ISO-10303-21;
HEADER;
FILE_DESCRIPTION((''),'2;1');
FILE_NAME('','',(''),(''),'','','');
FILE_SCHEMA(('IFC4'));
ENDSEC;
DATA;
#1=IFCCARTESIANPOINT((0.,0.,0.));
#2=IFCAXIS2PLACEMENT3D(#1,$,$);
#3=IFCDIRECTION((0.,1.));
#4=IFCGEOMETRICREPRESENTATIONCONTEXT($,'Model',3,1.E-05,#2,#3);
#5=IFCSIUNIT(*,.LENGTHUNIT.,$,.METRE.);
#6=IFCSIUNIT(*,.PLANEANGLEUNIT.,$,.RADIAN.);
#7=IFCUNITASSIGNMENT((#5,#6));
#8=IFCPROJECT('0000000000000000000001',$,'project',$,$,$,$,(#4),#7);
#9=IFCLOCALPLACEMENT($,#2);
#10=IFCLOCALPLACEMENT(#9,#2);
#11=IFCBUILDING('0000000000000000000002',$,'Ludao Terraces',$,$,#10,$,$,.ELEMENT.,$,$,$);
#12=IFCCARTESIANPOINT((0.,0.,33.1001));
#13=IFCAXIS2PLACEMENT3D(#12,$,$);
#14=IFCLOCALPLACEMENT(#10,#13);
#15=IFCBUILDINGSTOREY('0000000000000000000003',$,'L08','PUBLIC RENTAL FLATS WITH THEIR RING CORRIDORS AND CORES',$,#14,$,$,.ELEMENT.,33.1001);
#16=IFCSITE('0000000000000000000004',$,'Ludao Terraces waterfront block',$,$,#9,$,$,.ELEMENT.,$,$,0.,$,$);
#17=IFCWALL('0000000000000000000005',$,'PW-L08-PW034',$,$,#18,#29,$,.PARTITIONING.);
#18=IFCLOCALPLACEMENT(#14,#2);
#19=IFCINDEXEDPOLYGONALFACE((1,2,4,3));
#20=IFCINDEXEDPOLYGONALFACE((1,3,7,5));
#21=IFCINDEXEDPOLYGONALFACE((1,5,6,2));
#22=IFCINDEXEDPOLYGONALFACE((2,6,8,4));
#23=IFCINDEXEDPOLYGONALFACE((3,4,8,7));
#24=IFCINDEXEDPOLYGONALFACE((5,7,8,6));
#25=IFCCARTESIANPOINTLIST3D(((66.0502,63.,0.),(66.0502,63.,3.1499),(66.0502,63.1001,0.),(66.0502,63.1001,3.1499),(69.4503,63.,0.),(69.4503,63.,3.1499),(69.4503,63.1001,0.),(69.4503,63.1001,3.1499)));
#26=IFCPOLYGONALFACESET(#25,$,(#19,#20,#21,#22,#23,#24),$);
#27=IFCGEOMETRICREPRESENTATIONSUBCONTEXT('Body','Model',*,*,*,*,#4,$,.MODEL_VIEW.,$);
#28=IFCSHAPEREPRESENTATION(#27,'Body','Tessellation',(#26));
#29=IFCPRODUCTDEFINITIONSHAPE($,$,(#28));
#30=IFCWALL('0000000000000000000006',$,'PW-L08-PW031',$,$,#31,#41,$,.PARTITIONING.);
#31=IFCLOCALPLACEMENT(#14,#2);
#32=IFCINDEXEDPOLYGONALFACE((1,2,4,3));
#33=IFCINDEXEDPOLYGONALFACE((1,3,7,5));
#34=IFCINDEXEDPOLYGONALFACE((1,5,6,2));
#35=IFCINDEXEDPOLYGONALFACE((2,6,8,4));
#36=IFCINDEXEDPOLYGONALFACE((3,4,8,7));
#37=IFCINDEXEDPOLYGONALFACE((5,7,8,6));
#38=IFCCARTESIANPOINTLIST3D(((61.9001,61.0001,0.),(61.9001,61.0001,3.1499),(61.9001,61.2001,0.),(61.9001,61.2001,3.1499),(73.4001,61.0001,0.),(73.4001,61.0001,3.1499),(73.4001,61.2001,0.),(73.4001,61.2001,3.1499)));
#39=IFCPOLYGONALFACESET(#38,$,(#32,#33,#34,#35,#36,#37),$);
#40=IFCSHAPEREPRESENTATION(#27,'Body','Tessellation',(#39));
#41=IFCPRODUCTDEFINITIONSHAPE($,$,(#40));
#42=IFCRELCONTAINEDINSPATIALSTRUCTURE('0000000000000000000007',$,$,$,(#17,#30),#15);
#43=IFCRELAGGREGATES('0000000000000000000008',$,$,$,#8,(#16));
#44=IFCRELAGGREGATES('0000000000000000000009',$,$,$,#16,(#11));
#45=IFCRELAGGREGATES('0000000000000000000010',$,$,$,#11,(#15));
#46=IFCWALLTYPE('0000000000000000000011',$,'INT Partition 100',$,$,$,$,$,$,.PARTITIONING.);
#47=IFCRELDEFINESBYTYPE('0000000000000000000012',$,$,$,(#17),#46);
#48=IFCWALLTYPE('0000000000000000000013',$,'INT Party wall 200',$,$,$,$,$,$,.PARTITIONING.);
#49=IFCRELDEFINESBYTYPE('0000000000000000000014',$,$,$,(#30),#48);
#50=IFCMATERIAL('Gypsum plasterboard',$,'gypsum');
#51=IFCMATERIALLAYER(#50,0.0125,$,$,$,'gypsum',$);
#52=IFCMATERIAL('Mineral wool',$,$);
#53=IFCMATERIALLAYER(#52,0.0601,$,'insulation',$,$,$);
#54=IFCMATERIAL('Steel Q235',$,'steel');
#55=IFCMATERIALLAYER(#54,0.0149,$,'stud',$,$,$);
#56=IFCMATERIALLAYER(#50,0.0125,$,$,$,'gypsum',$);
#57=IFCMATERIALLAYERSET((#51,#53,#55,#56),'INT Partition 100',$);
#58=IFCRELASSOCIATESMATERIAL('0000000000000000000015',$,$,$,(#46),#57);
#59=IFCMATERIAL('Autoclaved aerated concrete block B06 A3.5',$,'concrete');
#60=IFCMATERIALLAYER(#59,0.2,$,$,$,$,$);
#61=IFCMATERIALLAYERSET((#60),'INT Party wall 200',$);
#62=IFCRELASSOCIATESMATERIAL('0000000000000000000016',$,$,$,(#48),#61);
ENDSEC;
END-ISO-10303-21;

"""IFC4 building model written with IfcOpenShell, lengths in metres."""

from ifc_helpers import new_model, si_unit, direction, frame, frame_2d, origin, place, context, subcontext, project, spatial, rectangle, extrude, material, layer, layer_set, type_object, element, save


model = new_model("IFC4")

# Units and contexts
model_context = context("Model", 3, precision=1e-05, world=origin(), true_north=direction((0.0, 1.0)))
body_context = subcontext(model_context, "Body", "Model", "MODEL_VIEW")
ifc_project = project(units=[si_unit("LENGTHUNIT", "METRE"), si_unit("PLANEANGLEUNIT", "RADIAN")], contexts=[model_context])

# Site, building, storey
site_placement = place(None, origin())
site = spatial("IfcSite", under=ifc_project, at=site_placement, Name="Ludao Terraces waterfront block", CompositionType="ELEMENT", RefElevation=0.0)
building_placement = place(site_placement, origin())
building = spatial("IfcBuilding", under=site, at=building_placement, Name="Ludao Terraces", CompositionType="ELEMENT")
storey_placement = place(building_placement, frame((0.0, 0.0, 33.1001)))
storey = spatial("IfcBuildingStorey", under=building, at=storey_placement, Name="L08", Description="PUBLIC RENTAL FLATS WITH THEIR RING CORRIDORS AND CORES", CompositionType="ELEMENT", Elevation=33.1001)

# Shared definitions
ifc_material_1 = material(Name="Mineral wool")

# Walls
ifc_material_2 = material(Name="Gypsum plasterboard", Category="gypsum")
ifc_layer_1 = layer(ifc_material_2, 0.0125, Category="gypsum")
ifc_layer_2 = layer(ifc_material_1, 0.0601, Name="insulation")
ifc_material_3 = material(Name="Steel Q235", Category="steel")
ifc_layer_3 = layer(ifc_material_3, 0.0149, Name="stud")
ifc_layer_4 = layer(ifc_material_2, 0.0125, Category="gypsum")
ifc_layer_set_1 = layer_set([ifc_layer_1, ifc_layer_2, ifc_layer_3, ifc_layer_4], Name="INT Partition 100")
wall_type_1 = type_object("IfcWallType", Name="INT Partition 100", PredefinedType="PARTITIONING", material=ifc_layer_set_1)
for number, where, z_axis, x_axis, name in (
    (1, (66.05, 63.05, 0.0), (0.0, 0.0, 1.0), (1.0, 0.0, 0.0), "PW-L08-PW034"),
):
    element("IfcWall", number, at=place(storey_placement, frame(where, z_axis=z_axis, x_axis=x_axis)), inside=storey, type_object=wall_type_1, Name=name, PredefinedType="PARTITIONING", context=body_context, shape_type="SweptSolid", body=[
        extrude(rectangle(XDim=3.4001, YDim=0.1001, at=frame_2d((1.7002, 0.0))), origin(), (0.0, 0.0, 1.0), 3.1499),
    ])
ifc_material_4 = material(Name="Autoclaved aerated concrete block B06 A3.5", Category="concrete")
ifc_layer_5 = layer(ifc_material_4, 0.2)
ifc_layer_set_2 = layer_set([ifc_layer_5], Name="INT Party wall 200")
wall_type_2 = type_object("IfcWallType", Name="INT Party wall 200", PredefinedType="PARTITIONING", material=ifc_layer_set_2)
wall_1_placement = place(storey_placement, frame((61.9001, 61.1001, 0.0), z_axis=(0.0, 0.0, 1.0), x_axis=(1.0, 0.0, 0.0)))
element("IfcWall", 2, at=wall_1_placement, inside=storey, type_object=wall_type_2, Name="PW-L08-PW031", PredefinedType="PARTITIONING", context=body_context, shape_type="SweptSolid", body=[
    extrude(rectangle(XDim=11.5, YDim=0.2, at=frame_2d((5.75, 0.0))), origin(), (0.0, 0.0, 1.0), 3.1499),
])

save(model, "model.ifc")
